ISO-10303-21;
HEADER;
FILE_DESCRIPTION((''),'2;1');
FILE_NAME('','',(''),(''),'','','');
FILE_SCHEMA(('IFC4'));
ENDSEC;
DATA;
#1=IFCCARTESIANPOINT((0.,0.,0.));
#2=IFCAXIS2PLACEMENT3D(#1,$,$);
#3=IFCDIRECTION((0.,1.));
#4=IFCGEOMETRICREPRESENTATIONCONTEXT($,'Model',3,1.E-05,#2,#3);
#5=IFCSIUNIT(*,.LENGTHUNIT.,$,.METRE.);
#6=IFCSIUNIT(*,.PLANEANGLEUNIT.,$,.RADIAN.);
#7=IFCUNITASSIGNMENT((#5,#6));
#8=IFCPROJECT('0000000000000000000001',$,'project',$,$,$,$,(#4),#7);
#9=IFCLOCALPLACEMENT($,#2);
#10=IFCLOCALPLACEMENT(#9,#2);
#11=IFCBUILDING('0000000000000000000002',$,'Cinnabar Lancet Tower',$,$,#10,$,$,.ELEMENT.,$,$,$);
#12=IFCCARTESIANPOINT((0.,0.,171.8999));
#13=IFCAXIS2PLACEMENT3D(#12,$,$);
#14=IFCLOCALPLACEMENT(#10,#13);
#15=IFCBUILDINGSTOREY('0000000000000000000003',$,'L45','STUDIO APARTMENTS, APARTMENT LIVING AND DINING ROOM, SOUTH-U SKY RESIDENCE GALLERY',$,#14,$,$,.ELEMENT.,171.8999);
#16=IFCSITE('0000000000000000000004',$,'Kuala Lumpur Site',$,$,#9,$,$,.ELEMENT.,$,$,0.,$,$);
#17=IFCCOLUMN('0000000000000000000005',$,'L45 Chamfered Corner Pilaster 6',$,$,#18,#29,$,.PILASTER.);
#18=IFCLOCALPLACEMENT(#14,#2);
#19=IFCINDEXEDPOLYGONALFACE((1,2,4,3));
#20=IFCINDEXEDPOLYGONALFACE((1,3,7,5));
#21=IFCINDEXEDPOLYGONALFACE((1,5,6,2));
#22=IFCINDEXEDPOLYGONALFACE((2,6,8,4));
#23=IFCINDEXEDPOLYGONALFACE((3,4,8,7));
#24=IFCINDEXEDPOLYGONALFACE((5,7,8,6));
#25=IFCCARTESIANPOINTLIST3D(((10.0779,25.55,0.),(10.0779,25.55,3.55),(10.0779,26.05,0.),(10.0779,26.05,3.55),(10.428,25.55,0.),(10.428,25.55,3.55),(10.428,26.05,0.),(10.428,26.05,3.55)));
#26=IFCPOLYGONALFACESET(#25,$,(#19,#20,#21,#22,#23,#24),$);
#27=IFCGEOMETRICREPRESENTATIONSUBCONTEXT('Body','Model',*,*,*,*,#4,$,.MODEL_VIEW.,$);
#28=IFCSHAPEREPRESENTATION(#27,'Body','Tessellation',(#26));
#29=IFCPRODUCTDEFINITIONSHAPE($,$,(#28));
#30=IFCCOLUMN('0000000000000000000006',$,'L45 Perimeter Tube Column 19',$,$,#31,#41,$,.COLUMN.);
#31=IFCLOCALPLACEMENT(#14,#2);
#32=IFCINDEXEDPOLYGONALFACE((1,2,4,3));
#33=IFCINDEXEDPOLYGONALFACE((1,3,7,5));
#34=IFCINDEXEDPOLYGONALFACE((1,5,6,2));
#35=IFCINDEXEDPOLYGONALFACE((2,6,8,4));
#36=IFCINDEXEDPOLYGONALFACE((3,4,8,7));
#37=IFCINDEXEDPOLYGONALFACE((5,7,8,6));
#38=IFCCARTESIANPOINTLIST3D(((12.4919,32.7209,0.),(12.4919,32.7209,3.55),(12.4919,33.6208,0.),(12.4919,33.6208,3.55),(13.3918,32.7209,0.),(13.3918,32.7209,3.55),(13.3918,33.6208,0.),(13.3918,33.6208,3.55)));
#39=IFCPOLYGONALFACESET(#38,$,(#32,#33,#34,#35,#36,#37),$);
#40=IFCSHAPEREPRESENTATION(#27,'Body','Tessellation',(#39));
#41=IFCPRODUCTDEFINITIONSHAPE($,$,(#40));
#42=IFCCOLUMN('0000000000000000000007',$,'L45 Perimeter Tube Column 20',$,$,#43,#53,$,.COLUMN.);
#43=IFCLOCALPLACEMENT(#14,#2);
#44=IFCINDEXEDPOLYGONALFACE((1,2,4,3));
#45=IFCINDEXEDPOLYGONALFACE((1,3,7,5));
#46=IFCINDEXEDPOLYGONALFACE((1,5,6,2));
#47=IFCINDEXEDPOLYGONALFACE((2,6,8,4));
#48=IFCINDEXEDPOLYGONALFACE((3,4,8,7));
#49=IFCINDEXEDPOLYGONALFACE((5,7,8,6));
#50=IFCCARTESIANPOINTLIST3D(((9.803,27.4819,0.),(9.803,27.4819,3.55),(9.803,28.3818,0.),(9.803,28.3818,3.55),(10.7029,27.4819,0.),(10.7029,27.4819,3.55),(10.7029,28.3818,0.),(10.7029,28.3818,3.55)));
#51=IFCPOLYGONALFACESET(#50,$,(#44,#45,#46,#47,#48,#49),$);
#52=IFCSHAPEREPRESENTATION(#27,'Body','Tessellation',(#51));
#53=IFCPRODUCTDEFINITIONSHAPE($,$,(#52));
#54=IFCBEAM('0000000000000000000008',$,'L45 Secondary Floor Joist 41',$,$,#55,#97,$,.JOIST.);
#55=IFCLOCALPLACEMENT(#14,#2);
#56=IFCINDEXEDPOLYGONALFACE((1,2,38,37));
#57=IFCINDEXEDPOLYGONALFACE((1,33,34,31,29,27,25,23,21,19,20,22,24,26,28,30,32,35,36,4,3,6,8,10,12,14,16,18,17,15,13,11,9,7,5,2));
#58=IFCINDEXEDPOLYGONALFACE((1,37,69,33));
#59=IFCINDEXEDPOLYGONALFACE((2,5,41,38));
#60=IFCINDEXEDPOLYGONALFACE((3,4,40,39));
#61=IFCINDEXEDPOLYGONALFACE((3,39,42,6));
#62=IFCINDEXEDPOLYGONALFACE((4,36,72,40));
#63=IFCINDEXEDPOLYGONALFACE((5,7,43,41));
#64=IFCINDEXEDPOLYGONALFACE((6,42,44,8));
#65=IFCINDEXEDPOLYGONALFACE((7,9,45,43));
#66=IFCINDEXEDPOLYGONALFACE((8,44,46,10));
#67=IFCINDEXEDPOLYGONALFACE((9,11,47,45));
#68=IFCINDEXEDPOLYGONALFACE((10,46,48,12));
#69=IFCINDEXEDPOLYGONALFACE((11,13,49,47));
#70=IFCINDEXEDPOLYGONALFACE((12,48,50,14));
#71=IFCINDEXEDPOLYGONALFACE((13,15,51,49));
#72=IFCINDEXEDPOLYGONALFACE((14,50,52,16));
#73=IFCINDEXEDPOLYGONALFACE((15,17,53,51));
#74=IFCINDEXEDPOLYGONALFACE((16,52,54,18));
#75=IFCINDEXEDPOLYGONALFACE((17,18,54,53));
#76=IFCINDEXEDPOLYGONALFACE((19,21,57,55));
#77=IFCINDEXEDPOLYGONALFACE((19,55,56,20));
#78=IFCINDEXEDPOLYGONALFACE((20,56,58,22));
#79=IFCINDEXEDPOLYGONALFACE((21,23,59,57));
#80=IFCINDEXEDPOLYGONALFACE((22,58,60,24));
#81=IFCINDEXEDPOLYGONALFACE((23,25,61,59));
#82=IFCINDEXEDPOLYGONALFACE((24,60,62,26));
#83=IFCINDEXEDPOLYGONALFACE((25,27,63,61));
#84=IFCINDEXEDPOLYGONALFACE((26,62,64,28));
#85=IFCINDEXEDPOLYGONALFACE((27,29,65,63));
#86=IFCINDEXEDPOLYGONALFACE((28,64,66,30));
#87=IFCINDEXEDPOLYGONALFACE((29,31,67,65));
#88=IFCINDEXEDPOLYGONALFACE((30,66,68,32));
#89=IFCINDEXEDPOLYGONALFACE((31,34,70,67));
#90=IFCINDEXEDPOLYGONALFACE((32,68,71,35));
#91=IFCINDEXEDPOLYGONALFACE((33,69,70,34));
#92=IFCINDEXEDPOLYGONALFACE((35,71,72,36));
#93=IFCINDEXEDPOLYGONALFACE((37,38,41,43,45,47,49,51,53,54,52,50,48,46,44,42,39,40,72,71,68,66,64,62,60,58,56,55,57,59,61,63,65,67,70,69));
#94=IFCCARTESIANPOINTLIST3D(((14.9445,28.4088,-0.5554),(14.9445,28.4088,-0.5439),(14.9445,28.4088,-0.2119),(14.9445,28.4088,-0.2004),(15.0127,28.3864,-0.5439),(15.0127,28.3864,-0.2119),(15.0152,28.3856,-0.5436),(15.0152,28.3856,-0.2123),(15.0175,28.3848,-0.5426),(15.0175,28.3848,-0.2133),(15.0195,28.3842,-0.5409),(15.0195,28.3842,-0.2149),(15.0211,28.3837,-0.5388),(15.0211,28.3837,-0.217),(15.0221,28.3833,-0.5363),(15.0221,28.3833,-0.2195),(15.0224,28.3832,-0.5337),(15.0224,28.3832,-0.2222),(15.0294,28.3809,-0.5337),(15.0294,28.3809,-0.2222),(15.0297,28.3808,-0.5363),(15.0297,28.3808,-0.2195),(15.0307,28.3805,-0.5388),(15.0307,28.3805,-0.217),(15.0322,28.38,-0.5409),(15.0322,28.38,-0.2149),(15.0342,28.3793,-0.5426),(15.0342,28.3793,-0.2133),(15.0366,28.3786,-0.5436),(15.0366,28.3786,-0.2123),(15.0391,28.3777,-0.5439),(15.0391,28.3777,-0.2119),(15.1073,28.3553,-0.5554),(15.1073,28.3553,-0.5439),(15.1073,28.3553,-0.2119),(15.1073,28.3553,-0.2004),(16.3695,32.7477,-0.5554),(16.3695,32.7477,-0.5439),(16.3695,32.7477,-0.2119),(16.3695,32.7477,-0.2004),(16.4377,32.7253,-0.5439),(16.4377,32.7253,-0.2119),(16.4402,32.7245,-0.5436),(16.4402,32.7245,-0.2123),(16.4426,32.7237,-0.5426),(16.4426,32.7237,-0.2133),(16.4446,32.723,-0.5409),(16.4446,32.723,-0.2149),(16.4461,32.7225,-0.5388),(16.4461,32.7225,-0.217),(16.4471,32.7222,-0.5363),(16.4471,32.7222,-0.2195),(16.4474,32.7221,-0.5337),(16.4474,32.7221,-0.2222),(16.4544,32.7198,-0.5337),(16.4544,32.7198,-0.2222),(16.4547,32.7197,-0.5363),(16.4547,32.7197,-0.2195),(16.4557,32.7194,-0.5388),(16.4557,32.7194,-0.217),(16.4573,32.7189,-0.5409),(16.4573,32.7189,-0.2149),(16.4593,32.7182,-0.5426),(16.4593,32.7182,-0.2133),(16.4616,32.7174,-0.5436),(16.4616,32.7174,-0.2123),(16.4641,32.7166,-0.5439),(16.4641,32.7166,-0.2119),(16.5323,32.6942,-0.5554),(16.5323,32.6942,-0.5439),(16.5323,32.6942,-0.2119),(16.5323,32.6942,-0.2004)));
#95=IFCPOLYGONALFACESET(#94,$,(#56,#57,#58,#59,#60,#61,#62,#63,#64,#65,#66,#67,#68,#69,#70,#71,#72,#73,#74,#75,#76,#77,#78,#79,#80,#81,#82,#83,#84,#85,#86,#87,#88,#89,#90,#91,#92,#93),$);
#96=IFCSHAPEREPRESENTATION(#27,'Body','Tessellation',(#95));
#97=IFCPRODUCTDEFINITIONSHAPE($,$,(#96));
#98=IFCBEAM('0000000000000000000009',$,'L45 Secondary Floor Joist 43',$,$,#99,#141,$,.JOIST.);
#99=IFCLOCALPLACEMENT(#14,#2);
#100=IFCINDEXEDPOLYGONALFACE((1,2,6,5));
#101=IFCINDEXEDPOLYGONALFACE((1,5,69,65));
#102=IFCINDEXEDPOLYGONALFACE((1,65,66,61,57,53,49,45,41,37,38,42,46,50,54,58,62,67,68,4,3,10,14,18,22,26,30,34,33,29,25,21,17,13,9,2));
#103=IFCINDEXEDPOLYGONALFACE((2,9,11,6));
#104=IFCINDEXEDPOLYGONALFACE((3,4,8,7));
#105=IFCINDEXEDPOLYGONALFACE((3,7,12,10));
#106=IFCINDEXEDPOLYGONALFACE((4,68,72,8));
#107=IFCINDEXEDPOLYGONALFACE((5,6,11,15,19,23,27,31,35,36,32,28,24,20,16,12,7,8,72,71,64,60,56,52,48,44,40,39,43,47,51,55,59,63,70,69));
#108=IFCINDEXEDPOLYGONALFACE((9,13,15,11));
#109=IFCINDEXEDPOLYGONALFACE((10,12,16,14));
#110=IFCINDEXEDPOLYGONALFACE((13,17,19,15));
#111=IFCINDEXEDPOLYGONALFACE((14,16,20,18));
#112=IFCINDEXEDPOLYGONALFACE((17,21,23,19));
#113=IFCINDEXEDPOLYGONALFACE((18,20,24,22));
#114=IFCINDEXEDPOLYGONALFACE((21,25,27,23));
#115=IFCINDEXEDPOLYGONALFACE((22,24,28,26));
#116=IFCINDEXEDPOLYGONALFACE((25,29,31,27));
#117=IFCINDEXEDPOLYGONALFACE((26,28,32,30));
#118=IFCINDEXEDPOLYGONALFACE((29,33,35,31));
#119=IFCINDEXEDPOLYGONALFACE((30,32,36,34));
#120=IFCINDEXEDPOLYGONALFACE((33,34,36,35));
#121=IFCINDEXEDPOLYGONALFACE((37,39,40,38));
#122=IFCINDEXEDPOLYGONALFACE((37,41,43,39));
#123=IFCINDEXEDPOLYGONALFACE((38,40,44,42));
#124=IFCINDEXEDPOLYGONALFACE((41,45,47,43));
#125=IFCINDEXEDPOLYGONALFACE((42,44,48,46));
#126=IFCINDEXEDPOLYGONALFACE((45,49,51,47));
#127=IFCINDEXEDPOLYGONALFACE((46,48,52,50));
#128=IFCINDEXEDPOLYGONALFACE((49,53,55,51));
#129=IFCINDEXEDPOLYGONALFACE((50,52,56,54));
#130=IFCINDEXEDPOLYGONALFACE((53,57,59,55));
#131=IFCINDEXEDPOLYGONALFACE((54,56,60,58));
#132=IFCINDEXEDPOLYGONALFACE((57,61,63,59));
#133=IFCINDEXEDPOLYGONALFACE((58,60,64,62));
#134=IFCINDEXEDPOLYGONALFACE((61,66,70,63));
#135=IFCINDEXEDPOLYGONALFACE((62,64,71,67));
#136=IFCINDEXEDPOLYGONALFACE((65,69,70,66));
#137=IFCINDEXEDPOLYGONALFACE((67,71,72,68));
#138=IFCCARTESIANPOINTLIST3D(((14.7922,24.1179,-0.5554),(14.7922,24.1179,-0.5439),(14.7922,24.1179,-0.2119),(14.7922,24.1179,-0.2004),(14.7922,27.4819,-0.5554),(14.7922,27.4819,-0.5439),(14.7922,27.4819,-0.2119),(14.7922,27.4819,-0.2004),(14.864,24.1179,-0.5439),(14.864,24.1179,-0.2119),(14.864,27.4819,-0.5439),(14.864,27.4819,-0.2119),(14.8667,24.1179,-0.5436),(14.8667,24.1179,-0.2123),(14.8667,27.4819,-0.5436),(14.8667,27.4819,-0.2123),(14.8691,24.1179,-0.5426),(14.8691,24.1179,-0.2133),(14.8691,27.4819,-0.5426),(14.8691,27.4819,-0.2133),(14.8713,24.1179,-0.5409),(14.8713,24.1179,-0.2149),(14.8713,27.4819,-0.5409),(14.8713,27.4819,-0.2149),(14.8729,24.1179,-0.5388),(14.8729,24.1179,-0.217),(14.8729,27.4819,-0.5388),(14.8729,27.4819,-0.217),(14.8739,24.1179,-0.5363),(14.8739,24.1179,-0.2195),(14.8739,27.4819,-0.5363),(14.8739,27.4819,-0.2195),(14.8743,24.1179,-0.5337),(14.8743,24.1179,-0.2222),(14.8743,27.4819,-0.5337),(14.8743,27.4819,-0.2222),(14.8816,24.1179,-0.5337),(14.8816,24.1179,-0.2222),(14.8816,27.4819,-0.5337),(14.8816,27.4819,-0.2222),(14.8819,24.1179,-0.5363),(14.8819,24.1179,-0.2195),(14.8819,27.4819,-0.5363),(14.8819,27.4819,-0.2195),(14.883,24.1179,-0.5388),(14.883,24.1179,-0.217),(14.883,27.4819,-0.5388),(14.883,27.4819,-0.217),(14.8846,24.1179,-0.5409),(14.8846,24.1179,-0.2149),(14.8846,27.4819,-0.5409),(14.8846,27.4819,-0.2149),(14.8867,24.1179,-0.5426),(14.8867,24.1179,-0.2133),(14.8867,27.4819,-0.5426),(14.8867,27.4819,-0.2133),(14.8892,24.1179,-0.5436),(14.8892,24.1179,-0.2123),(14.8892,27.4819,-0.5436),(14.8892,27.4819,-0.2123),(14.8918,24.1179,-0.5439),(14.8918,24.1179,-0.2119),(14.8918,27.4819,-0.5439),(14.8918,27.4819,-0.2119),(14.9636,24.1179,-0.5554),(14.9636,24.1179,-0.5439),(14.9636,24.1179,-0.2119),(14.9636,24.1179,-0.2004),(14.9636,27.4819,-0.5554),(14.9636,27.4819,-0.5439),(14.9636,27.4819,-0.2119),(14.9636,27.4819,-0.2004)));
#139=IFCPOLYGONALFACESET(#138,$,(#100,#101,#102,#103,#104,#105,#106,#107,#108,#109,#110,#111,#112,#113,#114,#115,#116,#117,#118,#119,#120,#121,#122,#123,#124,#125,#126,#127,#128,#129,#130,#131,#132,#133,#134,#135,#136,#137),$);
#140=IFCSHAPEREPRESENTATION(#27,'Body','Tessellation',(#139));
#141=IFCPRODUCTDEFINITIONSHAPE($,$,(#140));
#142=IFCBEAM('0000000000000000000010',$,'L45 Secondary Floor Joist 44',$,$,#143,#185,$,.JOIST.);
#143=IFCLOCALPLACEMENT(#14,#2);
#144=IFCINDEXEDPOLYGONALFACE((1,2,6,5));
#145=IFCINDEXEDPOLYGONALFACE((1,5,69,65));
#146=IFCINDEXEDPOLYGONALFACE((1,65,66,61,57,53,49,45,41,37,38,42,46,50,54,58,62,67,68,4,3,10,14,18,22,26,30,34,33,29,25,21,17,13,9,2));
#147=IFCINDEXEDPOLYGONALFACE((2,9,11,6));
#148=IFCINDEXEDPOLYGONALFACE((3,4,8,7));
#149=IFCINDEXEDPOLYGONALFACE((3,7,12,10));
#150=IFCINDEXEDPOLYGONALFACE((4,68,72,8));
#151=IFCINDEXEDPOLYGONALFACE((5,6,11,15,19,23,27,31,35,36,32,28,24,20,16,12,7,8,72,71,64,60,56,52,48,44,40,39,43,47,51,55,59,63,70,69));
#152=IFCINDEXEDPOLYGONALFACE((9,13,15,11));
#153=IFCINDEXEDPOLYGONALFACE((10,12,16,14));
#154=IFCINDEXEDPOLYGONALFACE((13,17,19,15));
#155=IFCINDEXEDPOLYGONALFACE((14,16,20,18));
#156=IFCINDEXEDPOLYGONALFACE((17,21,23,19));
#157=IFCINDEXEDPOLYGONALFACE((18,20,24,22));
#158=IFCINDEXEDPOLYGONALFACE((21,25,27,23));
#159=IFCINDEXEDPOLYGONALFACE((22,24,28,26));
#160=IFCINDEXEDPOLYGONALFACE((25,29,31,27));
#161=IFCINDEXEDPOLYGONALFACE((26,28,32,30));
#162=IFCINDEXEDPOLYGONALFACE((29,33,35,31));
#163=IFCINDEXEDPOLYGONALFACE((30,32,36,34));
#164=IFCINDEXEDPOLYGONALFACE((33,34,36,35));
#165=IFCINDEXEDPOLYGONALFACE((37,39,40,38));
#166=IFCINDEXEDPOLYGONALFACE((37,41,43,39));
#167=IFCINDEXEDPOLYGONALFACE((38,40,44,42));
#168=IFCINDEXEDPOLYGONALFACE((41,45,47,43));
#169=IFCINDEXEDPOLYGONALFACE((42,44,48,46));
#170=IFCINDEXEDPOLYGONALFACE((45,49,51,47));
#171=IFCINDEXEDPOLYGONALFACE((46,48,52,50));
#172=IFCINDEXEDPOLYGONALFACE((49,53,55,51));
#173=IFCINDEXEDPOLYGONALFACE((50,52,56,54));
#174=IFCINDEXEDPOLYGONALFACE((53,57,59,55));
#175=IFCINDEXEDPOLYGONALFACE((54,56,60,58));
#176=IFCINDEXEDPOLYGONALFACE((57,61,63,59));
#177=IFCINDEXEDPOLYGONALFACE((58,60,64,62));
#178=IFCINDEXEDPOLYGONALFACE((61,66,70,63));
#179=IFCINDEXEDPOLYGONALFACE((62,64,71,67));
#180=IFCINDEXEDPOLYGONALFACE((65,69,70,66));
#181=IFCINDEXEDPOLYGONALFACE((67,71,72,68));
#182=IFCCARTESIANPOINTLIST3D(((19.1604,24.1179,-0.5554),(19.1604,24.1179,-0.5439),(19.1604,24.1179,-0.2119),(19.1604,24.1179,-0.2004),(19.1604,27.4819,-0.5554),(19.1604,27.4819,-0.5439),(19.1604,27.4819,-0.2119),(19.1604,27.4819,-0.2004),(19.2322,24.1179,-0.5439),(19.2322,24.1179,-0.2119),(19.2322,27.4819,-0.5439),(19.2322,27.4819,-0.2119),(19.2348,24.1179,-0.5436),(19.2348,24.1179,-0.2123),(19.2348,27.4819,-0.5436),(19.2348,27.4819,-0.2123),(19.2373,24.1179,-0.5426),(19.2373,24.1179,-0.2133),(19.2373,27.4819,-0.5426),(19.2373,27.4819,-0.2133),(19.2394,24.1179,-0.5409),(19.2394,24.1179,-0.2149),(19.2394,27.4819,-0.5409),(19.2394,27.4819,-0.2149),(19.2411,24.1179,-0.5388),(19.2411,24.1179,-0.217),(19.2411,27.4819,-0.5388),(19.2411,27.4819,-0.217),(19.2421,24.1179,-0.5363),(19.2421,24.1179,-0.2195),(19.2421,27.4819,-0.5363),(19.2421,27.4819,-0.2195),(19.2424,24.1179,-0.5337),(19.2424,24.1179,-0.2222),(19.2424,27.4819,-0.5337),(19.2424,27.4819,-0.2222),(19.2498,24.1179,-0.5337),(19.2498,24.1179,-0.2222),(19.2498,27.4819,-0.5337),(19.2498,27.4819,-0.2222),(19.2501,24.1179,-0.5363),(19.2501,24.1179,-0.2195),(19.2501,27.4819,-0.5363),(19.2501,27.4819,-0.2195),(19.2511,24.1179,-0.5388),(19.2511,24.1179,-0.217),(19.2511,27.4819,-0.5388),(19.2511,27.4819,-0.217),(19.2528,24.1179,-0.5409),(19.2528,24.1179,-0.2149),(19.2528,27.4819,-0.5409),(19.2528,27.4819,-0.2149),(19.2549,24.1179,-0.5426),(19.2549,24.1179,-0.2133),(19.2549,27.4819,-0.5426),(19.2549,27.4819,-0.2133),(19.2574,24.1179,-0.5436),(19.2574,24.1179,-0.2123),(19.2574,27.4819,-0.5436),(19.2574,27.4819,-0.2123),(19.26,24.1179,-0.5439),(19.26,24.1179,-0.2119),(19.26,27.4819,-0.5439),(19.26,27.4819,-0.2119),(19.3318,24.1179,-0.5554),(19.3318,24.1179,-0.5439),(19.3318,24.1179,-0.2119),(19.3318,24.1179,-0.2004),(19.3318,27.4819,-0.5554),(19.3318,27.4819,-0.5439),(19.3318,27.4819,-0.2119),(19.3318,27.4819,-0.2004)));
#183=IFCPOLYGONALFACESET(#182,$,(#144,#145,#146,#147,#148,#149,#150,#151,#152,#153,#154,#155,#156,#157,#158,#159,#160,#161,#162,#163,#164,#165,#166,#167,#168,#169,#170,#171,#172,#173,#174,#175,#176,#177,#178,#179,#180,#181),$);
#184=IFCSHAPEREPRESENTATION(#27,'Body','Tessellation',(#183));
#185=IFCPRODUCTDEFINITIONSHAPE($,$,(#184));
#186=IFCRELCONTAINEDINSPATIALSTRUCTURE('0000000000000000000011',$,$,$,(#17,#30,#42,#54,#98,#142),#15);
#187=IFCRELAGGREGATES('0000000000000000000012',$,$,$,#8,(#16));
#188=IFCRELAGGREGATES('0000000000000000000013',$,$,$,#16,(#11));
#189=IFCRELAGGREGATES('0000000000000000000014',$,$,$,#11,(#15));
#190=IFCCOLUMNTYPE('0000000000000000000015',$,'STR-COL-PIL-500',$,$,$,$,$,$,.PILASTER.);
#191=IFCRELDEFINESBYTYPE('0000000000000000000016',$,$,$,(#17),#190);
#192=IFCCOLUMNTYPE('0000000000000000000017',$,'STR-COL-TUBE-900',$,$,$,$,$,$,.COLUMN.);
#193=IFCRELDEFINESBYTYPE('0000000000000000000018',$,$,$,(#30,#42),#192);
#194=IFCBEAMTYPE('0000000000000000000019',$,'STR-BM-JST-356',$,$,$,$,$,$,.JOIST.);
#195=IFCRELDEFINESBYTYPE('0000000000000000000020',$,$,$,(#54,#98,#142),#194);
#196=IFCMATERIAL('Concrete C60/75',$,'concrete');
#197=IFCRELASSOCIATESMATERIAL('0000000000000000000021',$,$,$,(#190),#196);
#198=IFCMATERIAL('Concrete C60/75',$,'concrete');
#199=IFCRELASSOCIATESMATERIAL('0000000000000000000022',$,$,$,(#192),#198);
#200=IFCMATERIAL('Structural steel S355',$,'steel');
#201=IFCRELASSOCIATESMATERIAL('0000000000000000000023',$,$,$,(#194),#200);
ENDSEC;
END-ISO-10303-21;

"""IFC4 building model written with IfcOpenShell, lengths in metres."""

from ifc_helpers import new_model, si_unit, direction, frame, origin, origin_2d, place, context, subcontext, project, spatial, rectangle, i_section, extrude, material, material_profile, profile_set, type_object, element, save


model = new_model("IFC4")

# Units and contexts
model_context = context("Model", 3, precision=1e-05, world=origin(), true_north=direction((0.0, 1.0)))
body_context = subcontext(model_context, "Body", "Model", "MODEL_VIEW")
ifc_project = project(units=[si_unit("LENGTHUNIT", "METRE"), si_unit("PLANEANGLEUNIT", "RADIAN")], contexts=[model_context])

# Site, building, storey
site_placement = place(None, origin())
site = spatial("IfcSite", under=ifc_project, at=site_placement, Name="Kuala Lumpur Site", CompositionType="ELEMENT", RefElevation=0.0)
building_placement = place(site_placement, origin())
building = spatial("IfcBuilding", under=site, at=building_placement, Name="Cinnabar Lancet Tower", CompositionType="ELEMENT")
storey_placement = place(building_placement, frame((0.0, 0.0, 171.8999)))
storey = spatial("IfcBuildingStorey", under=building, at=storey_placement, Name="L45", Description="STUDIO APARTMENTS, APARTMENT LIVING AND DINING ROOM, SOUTH-U SKY RESIDENCE GALLERY", CompositionType="ELEMENT", Elevation=171.8999)

# Columns
ifc_material_1 = material(Name="Concrete C60/75", Category="concrete")
ifc_material_profile_1 = material_profile(ifc_material_1, rectangle(XDim=0.5, YDim=0.3501, at=origin_2d()), Name="RC-PIL 500x350")
ifc_profile_set_1 = profile_set([ifc_material_profile_1], Name="Concrete C60/75")
column_type_1 = type_object("IfcColumnType", Name="STR-COL-PIL-500", PredefinedType="PILASTER", material=ifc_profile_set_1)
column_placement = place(storey_placement, frame((10.2529, 25.8, 0.0), z_axis=(0.0, 0.0, 1.0), x_axis=(0.0, -1.0, 0.0)))
element("IfcColumn", 1, at=column_placement, inside=storey, type_object=column_type_1, Name="L45 Chamfered Corner Pilaster 6", PredefinedType="PILASTER", context=body_context, shape_type="SweptSolid", body=[
    extrude(rectangle(XDim=0.5, YDim=0.3501, at=origin_2d()), origin(), (0.0, 0.0, 1.0), 3.55),
])
ifc_material_2 = material(Name="Concrete C60/75", Category="concrete")
ifc_material_profile_2 = material_profile(ifc_material_2, rectangle(XDim=0.8999, YDim=0.8999, at=origin_2d()), Name="RC-COL 900x900")
ifc_profile_set_2 = profile_set([ifc_material_profile_2], Name="Concrete C60/75")
column_type_2 = type_object("IfcColumnType", Name="STR-COL-TUBE-900", PredefinedType="COLUMN", material=ifc_profile_set_2)
for number, where, z_axis, x_axis, name in (
    (2, (12.9419, 33.1709, 0.0), (0.0, 0.0, 1.0), (1.0, 0.0, 0.0), "L45 Perimeter Tube Column 19"),
    (3, (10.2529, 27.9319, 0.0), (0.0, 0.0, 1.0), (1.0, 0.0, 0.0), "L45 Perimeter Tube Column 20"),
):
    element("IfcColumn", number, at=place(storey_placement, frame(where, z_axis=z_axis, x_axis=x_axis)), inside=storey, type_object=column_type_2, Name=name, PredefinedType="COLUMN", context=body_context, shape_type="SweptSolid", body=[
        extrude(rectangle(XDim=0.8999, YDim=0.8999, at=origin_2d()), origin(), (0.0, 0.0, 1.0), 3.55),
    ])

# Beams
ifc_material_3 = material(Name="Structural steel S355", Category="steel")
ifc_material_profile_3 = material_profile(ifc_material_3, i_section(OverallWidth=0.1714, OverallDepth=0.355, WebThickness=0.0073, FlangeThickness=0.0115, FilletRadius=0.0103, at=origin_2d()), Name="UKB 356x171x51")
ifc_profile_set_3 = profile_set([ifc_material_profile_3], Name="Structural steel S355")
beam_type_1 = type_object("IfcBeamType", Name="STR-BM-JST-356", PredefinedType="JOIST", material=ifc_profile_set_3)
beam_1_placement = place(storey_placement, frame((16.4509, 32.7209, -0.3779), z_axis=(-0.312039, -0.950069, 0.0), x_axis=(0.950069, -0.312039, 0.0)))
element("IfcBeam", 4, at=beam_1_placement, inside=storey, type_object=beam_type_1, Name="L45 Secondary Floor Joist 41", PredefinedType="JOIST", context=body_context, shape_type="SweptSolid", body=[
    extrude(i_section(OverallWidth=0.1714, OverallDepth=0.355, WebThickness=0.0073, FlangeThickness=0.0115, FilletRadius=0.0103, at=origin_2d()), origin(), (0.0, 0.0, 1.0), 4.5669),
])
for number, where, z_axis, x_axis, name in (
    (5, (14.8779, 27.4819, -0.3779), (0.0, -1.0, 0.0), (1.0, 0.0, 0.0), "L45 Secondary Floor Joist 43"),
    (6, (19.2461, 27.4819, -0.3779), (0.0, -1.0, 0.0), (1.0, 0.0, 0.0), "L45 Secondary Floor Joist 44"),
):
    element("IfcBeam", number, at=place(storey_placement, frame(where, z_axis=z_axis, x_axis=x_axis)), inside=storey, type_object=beam_type_1, Name=name, PredefinedType="JOIST", context=body_context, shape_type="SweptSolid", body=[
        extrude(i_section(OverallWidth=0.1714, OverallDepth=0.355, WebThickness=0.0073, FlangeThickness=0.0115, FilletRadius=0.0103, at=origin_2d()), origin(), (0.0, 0.0, 1.0), 3.364),
    ])

save(model, "model.ifc")
